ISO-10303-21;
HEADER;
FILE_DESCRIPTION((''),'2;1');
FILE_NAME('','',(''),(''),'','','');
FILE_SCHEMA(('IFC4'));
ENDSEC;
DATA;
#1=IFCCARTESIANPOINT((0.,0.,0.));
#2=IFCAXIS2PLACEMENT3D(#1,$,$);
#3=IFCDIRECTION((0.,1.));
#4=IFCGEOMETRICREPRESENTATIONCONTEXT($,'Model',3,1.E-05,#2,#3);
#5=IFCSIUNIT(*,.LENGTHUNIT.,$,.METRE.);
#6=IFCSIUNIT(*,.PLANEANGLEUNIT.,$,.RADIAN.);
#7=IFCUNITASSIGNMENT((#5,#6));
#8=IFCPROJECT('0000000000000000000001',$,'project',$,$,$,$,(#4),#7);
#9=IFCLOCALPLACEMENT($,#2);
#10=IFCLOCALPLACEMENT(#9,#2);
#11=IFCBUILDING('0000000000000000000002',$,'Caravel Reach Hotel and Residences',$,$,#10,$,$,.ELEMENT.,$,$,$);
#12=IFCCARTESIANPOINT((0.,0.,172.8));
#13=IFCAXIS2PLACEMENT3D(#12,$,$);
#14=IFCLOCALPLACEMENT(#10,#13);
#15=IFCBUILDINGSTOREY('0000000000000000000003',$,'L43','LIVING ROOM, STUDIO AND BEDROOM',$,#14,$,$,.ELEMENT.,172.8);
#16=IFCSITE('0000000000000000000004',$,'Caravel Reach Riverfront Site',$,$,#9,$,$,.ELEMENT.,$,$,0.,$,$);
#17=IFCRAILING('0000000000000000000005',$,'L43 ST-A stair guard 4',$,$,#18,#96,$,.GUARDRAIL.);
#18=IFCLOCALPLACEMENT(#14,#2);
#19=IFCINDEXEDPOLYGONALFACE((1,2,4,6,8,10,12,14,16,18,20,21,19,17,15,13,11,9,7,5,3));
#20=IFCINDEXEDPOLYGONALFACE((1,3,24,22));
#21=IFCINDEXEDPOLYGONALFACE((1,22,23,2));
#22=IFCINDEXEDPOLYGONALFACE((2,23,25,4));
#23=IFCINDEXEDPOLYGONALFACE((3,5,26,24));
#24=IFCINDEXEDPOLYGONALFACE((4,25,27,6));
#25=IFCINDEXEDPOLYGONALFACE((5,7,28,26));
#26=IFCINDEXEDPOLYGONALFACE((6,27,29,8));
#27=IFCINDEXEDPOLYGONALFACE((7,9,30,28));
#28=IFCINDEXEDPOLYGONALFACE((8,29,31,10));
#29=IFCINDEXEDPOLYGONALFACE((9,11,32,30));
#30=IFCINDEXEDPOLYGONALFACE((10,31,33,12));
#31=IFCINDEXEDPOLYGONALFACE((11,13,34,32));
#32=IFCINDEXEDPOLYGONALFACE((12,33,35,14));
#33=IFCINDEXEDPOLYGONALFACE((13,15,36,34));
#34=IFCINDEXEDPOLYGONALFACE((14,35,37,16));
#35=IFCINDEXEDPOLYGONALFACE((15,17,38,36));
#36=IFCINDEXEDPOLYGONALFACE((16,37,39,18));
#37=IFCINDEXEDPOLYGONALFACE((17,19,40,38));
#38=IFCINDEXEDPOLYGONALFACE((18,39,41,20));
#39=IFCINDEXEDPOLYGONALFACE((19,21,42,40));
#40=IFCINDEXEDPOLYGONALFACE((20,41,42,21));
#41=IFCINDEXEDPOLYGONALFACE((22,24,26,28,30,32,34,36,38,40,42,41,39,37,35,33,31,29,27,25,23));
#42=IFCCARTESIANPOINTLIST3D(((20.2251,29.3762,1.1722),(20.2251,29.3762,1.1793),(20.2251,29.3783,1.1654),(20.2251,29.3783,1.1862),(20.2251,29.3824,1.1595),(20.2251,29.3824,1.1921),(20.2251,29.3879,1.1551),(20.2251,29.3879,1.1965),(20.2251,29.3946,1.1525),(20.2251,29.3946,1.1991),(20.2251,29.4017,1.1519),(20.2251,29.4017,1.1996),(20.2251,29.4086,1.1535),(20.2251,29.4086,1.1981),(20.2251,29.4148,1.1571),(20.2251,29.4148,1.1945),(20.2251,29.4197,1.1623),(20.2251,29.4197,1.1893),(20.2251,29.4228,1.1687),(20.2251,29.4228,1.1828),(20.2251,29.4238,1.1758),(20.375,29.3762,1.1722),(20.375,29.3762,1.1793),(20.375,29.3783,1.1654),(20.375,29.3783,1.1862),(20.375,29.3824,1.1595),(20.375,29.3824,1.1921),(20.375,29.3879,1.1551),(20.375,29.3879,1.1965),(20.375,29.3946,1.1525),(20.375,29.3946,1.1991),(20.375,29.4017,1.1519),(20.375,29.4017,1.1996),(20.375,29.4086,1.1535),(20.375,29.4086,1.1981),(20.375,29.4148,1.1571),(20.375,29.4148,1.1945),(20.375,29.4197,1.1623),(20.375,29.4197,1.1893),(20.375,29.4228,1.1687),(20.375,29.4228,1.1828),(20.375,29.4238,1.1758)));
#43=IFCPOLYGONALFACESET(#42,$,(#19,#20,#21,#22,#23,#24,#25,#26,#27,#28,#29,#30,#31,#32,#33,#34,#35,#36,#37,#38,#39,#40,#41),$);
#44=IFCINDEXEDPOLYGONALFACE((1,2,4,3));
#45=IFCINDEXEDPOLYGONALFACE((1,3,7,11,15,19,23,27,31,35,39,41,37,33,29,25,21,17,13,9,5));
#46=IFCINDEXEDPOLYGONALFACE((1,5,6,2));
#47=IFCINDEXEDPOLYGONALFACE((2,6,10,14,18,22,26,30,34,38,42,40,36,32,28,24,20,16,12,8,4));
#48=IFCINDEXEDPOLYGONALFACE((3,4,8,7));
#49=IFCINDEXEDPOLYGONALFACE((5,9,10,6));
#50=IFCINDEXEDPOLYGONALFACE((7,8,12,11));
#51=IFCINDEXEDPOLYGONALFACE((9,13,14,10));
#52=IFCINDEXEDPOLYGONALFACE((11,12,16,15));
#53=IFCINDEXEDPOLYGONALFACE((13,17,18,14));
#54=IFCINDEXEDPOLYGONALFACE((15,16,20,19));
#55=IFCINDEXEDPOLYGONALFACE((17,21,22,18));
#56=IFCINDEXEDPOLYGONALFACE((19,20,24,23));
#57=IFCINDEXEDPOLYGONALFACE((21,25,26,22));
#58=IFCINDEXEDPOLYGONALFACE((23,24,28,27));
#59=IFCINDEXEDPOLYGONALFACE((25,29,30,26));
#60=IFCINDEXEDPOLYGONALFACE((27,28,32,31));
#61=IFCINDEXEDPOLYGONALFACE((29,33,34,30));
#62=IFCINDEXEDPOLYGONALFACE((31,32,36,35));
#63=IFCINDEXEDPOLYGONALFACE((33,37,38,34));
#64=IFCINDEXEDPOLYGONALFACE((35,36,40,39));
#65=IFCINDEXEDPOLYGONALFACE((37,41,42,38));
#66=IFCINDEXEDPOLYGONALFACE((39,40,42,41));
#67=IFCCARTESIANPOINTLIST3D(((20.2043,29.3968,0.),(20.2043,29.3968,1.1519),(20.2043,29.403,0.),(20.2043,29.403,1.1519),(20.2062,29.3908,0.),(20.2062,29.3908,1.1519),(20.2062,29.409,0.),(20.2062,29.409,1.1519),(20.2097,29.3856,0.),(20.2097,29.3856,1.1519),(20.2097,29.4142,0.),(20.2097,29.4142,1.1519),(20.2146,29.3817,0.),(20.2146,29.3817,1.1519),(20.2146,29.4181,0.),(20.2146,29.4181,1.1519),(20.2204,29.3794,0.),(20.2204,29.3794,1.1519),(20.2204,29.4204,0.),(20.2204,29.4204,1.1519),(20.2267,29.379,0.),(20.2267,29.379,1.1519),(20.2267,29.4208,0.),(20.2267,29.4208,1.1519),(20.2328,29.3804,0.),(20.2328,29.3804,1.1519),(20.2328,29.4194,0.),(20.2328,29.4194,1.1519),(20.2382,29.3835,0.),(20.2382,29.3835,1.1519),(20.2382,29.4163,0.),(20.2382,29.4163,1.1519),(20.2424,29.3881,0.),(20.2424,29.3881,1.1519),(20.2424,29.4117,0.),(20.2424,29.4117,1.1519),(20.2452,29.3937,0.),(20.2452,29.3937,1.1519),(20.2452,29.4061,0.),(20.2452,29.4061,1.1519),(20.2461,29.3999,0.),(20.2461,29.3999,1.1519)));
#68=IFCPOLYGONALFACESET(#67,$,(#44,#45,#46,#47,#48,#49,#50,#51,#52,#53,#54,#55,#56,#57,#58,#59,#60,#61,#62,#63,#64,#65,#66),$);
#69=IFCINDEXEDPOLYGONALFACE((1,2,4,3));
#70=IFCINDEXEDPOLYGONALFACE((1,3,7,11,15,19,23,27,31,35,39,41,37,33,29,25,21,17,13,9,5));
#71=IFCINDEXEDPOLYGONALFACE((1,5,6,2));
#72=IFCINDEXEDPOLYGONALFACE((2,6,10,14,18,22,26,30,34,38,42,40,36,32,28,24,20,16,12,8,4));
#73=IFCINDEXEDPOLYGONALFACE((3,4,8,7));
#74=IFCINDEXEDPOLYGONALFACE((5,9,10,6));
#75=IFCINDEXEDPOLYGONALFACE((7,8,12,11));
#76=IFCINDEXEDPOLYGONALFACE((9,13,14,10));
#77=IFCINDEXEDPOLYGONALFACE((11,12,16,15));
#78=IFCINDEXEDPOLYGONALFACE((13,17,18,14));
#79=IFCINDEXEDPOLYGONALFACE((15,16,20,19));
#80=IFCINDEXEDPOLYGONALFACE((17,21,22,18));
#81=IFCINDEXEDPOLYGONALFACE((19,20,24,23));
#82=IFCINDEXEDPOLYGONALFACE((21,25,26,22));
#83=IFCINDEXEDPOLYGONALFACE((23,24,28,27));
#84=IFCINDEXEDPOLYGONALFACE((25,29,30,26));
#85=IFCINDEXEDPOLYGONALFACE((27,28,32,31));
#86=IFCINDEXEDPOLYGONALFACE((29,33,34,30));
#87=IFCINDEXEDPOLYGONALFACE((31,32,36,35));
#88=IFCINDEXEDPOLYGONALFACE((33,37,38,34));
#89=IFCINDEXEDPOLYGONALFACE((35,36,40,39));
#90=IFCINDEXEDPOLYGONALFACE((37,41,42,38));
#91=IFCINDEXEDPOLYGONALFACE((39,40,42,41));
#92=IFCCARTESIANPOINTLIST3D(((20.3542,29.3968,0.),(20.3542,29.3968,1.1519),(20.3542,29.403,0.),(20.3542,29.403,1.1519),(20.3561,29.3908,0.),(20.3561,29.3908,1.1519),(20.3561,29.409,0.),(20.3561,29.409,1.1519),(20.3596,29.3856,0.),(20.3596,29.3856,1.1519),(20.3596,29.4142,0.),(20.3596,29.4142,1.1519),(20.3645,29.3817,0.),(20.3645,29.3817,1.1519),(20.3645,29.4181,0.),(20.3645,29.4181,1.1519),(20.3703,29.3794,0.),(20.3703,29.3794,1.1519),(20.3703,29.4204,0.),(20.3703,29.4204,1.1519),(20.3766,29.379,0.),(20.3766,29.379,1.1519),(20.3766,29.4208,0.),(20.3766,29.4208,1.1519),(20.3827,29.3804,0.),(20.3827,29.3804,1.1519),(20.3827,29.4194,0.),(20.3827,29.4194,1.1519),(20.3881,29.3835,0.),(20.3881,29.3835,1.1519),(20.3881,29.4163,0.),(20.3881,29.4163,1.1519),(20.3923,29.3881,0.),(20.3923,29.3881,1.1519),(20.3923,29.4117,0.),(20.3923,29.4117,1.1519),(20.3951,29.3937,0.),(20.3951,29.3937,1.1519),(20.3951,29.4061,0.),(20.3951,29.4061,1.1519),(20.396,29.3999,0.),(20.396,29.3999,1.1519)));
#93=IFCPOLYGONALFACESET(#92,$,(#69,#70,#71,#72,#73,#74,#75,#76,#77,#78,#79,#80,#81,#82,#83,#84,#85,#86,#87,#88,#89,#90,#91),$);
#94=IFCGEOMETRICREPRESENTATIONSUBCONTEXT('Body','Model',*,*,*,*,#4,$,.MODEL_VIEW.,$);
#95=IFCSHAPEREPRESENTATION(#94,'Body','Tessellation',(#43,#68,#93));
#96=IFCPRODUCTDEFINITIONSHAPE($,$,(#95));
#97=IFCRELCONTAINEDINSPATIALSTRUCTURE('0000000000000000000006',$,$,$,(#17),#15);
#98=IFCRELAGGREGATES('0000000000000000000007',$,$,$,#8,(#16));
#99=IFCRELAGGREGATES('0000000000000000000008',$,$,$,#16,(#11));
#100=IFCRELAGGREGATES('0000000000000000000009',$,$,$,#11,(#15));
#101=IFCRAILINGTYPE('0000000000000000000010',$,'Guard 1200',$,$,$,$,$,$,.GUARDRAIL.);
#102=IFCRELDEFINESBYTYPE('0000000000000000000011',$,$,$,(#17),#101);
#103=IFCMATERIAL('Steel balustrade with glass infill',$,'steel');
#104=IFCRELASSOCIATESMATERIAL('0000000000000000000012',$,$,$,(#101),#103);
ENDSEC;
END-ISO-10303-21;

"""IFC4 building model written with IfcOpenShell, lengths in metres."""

from ifc_helpers import new_model, si_unit, direction, frame, origin, origin_2d, place, context, subcontext, project, spatial, circle, extrude, material, type_object, element, save


model = new_model("IFC4")

# Units and contexts
model_context = context("Model", 3, precision=1e-05, world=origin(), true_north=direction((0.0, 1.0)))
body_context = subcontext(model_context, "Body", "Model", "MODEL_VIEW")
ifc_project = project(units=[si_unit("LENGTHUNIT", "METRE"), si_unit("PLANEANGLEUNIT", "RADIAN")], contexts=[model_context])

# Site, building, storey
site_placement = place(None, origin())
site = spatial("IfcSite", under=ifc_project, at=site_placement, Name="Caravel Reach Riverfront Site", CompositionType="ELEMENT", RefElevation=0.0)
building_placement = place(site_placement, origin())
building = spatial("IfcBuilding", under=site, at=building_placement, Name="Caravel Reach Hotel and Residences", CompositionType="ELEMENT")
storey_placement = place(building_placement, frame((0.0, 0.0, 172.8)))
storey = spatial("IfcBuildingStorey", under=building, at=storey_placement, Name="L43", Description="LIVING ROOM, STUDIO AND BEDROOM", CompositionType="ELEMENT", Elevation=172.8)

# Railing
ifc_material_1 = material(Name="Steel balustrade with glass infill", Category="steel")
railing_type_1 = type_object("IfcRailingType", Name="Guard 1200", PredefinedType="GUARDRAIL", material=ifc_material_1)
railing_1_placement = place(storey_placement, frame((20.2251, 29.3999, 0.0)))
element("IfcRailing", 1, at=railing_1_placement, inside=storey, type_object=railing_type_1, Name="L43 ST-A stair guard 4", PredefinedType="GUARDRAIL", context=body_context, shape_type="SweptSolid", body=[
    extrude(circle(Radius=0.0239, at=origin_2d()), frame((0.0, 0.0, 1.1758), z_axis=(1.0, 0.0, 0.0), x_axis=(0.0, 1.0, 0.0)), (0.0, 0.0, 1.0), 0.1499),
    extrude(circle(Radius=0.021, at=origin_2d()), origin(), (0.0, 0.0, 1.0), 1.1519),
    extrude(circle(Radius=0.021, at=origin_2d()), frame((0.1499, 0.0, 0.0)), (0.0, 0.0, 1.0), 1.1519),
])

save(model, "model.ifc")
